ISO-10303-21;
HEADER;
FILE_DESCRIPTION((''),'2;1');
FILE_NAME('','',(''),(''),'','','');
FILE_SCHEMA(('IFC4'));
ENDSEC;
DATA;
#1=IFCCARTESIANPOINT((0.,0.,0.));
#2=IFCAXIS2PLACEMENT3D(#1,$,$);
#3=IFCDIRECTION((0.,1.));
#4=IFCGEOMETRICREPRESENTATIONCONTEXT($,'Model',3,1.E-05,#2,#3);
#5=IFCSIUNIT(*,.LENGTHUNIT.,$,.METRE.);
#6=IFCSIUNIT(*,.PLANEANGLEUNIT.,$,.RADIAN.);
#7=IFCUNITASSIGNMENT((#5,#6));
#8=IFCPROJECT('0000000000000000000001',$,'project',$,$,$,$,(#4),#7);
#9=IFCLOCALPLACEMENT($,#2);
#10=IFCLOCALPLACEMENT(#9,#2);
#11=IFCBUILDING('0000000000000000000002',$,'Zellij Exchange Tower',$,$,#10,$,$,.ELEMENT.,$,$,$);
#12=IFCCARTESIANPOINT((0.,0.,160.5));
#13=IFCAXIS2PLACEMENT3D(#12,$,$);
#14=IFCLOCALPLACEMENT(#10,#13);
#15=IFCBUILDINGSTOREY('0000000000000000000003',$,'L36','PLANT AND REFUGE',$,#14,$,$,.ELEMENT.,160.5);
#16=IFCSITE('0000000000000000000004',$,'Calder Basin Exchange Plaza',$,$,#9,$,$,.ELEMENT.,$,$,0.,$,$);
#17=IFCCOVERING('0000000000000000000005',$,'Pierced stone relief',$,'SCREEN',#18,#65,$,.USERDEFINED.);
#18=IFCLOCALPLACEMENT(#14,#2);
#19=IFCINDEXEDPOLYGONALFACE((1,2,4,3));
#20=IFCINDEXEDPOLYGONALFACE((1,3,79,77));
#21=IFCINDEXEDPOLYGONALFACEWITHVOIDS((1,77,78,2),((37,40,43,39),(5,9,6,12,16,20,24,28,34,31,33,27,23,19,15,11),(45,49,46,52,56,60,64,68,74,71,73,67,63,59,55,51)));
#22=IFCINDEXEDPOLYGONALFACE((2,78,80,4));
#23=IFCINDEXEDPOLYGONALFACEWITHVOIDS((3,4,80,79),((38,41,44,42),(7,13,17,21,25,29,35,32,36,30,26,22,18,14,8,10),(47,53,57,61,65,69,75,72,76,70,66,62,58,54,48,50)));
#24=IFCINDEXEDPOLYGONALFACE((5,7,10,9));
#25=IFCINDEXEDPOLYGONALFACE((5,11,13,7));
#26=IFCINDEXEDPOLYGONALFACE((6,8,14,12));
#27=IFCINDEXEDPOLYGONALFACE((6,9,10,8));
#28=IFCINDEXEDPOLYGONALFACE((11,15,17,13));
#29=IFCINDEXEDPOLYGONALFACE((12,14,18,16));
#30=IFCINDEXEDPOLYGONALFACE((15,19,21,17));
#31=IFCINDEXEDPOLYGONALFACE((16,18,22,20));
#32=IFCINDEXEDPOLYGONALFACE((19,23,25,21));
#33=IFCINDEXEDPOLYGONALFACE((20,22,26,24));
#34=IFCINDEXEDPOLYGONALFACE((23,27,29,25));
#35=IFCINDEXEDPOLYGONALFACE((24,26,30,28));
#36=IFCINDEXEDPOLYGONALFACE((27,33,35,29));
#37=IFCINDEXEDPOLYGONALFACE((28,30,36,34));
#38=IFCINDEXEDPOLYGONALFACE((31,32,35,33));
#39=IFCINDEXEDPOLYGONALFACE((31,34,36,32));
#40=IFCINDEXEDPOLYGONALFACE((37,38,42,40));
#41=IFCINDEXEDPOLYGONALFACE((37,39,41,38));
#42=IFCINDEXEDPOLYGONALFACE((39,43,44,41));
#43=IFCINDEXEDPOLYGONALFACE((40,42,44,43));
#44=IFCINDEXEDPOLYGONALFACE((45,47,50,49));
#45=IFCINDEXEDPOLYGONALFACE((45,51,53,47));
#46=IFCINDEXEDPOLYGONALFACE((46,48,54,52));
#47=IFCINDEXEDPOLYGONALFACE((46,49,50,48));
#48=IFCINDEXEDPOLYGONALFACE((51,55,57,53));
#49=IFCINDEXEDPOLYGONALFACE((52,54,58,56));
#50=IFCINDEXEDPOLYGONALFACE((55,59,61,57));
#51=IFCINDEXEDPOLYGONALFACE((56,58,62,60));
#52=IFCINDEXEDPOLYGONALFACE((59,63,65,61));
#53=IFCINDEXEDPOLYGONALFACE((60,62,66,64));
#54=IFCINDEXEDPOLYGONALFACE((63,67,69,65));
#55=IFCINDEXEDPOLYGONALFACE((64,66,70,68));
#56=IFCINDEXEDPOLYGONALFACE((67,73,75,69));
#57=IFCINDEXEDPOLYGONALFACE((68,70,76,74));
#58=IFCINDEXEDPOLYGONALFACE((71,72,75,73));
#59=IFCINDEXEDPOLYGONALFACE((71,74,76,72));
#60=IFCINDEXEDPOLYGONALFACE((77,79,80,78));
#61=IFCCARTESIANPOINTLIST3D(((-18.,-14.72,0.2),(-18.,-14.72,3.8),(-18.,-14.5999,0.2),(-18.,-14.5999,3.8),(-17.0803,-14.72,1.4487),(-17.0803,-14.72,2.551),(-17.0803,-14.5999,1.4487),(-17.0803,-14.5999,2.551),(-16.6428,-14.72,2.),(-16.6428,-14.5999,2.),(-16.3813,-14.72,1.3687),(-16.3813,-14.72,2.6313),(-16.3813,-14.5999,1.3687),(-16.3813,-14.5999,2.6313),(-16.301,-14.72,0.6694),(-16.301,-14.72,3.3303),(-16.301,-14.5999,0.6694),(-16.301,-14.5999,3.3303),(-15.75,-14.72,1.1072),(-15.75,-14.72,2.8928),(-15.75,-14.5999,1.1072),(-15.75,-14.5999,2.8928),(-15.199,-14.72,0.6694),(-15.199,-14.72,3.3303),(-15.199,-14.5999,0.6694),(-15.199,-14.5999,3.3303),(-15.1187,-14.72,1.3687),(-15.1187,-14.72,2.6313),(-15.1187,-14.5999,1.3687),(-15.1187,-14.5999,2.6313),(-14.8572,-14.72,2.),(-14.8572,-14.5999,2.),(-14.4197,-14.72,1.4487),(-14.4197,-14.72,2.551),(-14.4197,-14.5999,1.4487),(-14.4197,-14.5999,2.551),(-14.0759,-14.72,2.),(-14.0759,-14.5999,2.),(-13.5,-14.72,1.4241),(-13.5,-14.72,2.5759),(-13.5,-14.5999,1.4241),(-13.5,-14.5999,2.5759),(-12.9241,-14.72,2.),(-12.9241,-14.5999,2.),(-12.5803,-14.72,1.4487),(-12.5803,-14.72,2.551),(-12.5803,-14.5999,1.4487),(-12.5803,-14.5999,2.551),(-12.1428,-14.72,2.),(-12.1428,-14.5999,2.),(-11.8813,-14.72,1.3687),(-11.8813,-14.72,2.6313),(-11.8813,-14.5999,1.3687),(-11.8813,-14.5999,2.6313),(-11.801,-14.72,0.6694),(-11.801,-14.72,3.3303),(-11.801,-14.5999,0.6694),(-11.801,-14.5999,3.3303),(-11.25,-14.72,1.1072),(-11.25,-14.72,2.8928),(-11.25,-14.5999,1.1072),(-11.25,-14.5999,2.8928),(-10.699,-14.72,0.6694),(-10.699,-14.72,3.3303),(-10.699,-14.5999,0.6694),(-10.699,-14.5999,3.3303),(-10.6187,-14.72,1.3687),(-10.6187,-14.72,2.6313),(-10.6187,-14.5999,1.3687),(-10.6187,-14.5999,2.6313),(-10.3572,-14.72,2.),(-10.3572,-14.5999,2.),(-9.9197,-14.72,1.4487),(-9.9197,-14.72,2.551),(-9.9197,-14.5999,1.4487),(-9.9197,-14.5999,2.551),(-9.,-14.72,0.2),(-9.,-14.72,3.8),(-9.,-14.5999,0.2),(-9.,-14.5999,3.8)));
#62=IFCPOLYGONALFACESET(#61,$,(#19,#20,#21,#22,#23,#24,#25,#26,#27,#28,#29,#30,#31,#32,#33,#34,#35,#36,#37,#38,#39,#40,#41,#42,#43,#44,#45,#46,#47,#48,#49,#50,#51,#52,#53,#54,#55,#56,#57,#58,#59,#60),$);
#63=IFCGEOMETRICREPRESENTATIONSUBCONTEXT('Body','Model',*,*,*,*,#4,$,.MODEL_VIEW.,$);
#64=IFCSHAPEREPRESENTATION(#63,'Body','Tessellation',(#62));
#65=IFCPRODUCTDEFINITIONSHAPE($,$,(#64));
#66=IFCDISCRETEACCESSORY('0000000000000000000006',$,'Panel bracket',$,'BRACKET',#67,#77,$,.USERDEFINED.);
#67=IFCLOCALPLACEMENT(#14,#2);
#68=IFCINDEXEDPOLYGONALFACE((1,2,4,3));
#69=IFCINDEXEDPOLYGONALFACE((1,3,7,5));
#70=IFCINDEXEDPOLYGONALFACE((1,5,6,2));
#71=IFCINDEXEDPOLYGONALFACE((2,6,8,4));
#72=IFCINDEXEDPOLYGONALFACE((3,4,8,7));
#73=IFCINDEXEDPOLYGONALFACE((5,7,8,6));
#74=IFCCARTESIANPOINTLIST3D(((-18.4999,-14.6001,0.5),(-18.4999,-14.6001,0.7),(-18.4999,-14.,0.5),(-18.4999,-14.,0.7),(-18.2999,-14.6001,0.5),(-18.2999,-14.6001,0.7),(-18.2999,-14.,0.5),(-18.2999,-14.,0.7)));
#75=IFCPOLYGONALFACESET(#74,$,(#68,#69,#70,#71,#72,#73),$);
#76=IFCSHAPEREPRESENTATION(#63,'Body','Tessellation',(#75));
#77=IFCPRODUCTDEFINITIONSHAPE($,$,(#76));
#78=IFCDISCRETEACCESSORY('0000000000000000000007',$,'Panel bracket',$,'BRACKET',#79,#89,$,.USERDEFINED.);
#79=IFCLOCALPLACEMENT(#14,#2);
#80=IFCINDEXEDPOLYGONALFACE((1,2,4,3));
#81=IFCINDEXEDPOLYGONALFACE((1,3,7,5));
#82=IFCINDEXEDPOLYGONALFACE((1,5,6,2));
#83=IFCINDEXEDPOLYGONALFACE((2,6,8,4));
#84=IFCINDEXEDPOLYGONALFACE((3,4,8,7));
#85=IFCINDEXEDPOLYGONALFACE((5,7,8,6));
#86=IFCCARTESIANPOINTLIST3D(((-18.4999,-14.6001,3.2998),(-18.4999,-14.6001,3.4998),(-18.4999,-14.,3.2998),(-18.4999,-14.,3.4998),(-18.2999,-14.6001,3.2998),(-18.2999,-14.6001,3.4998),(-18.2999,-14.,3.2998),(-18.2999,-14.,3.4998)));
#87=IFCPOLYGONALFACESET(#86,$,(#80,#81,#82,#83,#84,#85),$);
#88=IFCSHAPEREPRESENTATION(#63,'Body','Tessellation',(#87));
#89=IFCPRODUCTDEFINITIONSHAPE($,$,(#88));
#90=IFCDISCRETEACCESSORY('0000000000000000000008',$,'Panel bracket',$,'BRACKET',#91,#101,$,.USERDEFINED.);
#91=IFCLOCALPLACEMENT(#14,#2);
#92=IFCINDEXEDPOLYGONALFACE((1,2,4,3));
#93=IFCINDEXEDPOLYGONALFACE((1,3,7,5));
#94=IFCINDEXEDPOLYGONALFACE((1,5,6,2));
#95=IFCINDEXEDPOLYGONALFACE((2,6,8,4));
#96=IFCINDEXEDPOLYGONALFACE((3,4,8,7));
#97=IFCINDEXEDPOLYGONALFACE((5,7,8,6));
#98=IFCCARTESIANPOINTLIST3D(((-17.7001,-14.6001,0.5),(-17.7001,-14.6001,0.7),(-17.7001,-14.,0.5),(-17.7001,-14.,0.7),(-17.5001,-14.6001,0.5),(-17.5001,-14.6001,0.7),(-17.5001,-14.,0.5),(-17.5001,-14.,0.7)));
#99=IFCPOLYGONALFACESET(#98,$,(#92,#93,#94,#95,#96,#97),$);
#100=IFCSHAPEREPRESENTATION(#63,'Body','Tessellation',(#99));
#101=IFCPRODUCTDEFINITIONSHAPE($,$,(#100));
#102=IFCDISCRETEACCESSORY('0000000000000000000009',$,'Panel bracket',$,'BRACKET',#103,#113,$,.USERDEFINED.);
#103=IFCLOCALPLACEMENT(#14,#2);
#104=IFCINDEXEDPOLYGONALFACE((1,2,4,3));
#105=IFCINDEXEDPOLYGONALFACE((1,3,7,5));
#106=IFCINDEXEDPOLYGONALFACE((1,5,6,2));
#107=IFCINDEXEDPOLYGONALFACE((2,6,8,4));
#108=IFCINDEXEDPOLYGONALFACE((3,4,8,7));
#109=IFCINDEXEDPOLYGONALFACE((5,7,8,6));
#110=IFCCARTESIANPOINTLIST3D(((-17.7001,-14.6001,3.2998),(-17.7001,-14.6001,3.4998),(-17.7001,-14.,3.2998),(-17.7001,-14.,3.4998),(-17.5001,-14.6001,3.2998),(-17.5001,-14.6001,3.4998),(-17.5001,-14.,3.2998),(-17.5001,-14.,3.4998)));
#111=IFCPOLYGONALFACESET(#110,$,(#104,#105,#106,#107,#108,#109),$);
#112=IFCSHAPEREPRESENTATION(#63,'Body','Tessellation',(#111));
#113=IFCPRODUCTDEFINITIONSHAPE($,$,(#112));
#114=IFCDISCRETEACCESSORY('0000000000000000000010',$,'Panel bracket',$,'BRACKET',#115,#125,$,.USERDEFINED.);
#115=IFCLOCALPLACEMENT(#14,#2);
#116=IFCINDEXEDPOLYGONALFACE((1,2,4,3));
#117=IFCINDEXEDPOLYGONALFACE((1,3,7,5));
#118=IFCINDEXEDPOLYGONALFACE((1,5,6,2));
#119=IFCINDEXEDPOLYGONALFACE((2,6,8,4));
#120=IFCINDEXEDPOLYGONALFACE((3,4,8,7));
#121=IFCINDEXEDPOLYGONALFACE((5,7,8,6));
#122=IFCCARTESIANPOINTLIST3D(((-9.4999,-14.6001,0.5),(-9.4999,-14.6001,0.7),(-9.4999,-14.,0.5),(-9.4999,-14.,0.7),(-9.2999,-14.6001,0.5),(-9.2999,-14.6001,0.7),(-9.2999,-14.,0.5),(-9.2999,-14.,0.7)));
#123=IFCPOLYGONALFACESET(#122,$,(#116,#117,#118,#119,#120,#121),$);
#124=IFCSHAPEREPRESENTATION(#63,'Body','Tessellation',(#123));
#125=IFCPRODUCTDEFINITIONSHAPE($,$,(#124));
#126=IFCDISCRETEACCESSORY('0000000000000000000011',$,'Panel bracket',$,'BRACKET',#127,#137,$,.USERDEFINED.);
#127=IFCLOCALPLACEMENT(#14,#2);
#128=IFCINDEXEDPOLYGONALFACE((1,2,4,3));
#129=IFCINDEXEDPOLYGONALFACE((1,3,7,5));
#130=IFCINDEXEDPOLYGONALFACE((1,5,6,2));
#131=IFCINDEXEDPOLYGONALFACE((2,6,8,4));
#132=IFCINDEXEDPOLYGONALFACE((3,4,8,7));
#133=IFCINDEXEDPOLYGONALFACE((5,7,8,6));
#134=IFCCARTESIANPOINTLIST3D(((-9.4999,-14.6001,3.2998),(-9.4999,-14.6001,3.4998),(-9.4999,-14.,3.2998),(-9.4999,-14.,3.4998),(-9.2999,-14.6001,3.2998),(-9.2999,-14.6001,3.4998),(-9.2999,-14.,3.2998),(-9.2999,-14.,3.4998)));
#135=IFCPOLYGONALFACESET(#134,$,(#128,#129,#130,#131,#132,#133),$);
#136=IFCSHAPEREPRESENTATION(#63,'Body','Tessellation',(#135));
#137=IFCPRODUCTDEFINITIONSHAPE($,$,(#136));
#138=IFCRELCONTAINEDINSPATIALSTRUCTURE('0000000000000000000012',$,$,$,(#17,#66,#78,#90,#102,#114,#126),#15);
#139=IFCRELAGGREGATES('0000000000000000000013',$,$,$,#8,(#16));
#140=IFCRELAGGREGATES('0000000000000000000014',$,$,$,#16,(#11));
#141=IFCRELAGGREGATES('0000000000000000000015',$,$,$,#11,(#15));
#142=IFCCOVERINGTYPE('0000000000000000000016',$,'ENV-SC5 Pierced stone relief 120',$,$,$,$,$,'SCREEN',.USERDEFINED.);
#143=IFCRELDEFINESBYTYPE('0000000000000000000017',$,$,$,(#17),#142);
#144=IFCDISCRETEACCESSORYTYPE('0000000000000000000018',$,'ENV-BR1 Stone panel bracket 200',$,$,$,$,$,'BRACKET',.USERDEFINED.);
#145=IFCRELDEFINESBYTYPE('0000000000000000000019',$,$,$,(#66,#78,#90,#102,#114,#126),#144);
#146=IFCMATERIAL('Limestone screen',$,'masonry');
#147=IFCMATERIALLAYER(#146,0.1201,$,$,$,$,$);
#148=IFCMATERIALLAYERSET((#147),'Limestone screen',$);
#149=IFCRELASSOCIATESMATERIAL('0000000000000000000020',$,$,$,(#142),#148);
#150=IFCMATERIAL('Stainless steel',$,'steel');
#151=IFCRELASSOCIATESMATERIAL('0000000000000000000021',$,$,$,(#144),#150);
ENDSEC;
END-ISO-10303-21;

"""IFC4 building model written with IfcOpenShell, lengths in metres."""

from ifc_helpers import new_model, si_unit, direction, frame, origin, origin_2d, place, context, subcontext, project, spatial, polyline, rectangle, outline, extrude, material, layer, layer_set, type_object, element, save


model = new_model("IFC4")

# Units and contexts
model_context = context("Model", 3, precision=1e-05, world=origin(), true_north=direction((0.0, 1.0)))
body_context = subcontext(model_context, "Body", "Model", "MODEL_VIEW")
ifc_project = project(units=[si_unit("LENGTHUNIT", "METRE"), si_unit("PLANEANGLEUNIT", "RADIAN")], contexts=[model_context])

# Site, building, storey
site_placement = place(None, origin())
site = spatial("IfcSite", under=ifc_project, at=site_placement, Name="Calder Basin Exchange Plaza", CompositionType="ELEMENT", RefElevation=0.0)
building_placement = place(site_placement, origin())
building = spatial("IfcBuilding", under=site, at=building_placement, Name="Zellij Exchange Tower", CompositionType="ELEMENT")
storey_placement = place(building_placement, frame((0.0, 0.0, 160.5)))
storey = spatial("IfcBuildingStorey", under=building, at=storey_placement, Name="L36", Description="PLANT AND REFUGE", CompositionType="ELEMENT", Elevation=160.5)

# Shared definitions
ifc_material_1 = material(Name="Stainless steel", Category="steel")

# Covering
ifc_material_2 = material(Name="Limestone screen", Category="masonry")
ifc_layer_1 = layer(ifc_material_2, 0.1201)
ifc_layer_set_1 = layer_set([ifc_layer_1], Name="Limestone screen")
covering_type = type_object("IfcCoveringType", Name="ENV-SC5 Pierced stone relief 120", ElementType="SCREEN", PredefinedType="USERDEFINED", material=ifc_layer_set_1)
covering_placement = place(storey_placement, frame((-18.0, -14.6599, 0.2), z_axis=(0.0, 0.0, 1.0), x_axis=(1.0, 0.0, 0.0)))
element("IfcCovering", 1, at=covering_placement, inside=storey, type_object=covering_type, Name="Pierced stone relief", ObjectType="SCREEN", PredefinedType="USERDEFINED", context=body_context, shape_type="SweptSolid", body=[
    extrude(outline(polyline([(0.0, 0.0), (9.0, 0.0), (9.0, 3.6001), (0.0, 3.6001), (0.0, 0.0)]), holes=[polyline([(3.5803, 2.3511), (2.8813, 2.4314), (2.801, 3.1304), (2.25, 2.6929), (1.699, 3.1304), (1.6187, 2.4314), (0.9197, 2.3511), (1.3572, 1.8), (0.9197, 1.2488), (1.6187, 1.1687), (1.699, 0.4695), (2.25, 0.9072), (2.801, 0.4695), (2.8813, 1.1687), (3.5803, 1.2488), (3.1428, 1.8), (3.5803, 2.3511)]), polyline([(8.0803, 2.3511), (7.3813, 2.4314), (7.301, 3.1304), (6.75, 2.6929), (6.199, 3.1304), (6.1187, 2.4314), (5.4197, 2.3511), (5.8572, 1.8), (5.4197, 1.2488), (6.1187, 1.1687), (6.199, 0.4695), (6.75, 0.9072), (7.301, 0.4695), (7.3813, 1.1687), (8.0803, 1.2488), (7.6428, 1.8), (8.0803, 2.3511)]), polyline([(5.0759, 1.8), (4.5, 2.376), (3.9241, 1.8), (4.5, 1.2241), (5.0759, 1.8)])]), frame((0.0, 0.0601, 0.0), z_axis=(0.0, -1.0, 0.0), x_axis=(1.0, 0.0, 0.0)), (0.0, 0.0, 1.0), 0.1201),
])

# Discrete accessories
discrete_accessory_type = type_object("IfcDiscreteAccessoryType", Name="ENV-BR1 Stone panel bracket 200", ElementType="BRACKET", PredefinedType="USERDEFINED", material=ifc_material_1)
for number, where, z_axis, x_axis, name in (
    (2, (-18.3999, -14.3, 0.5), (0.0, 0.0, 1.0), (1.0, 0.0, 0.0), "Panel bracket"),
    (3, (-18.3999, -14.3, 3.2998), (0.0, 0.0, 1.0), (1.0, 0.0, 0.0), "Panel bracket"),
    (4, (-17.6001, -14.3, 0.5), (0.0, 0.0, 1.0), (1.0, 0.0, 0.0), "Panel bracket"),
    (5, (-17.6001, -14.3, 3.2998), (0.0, 0.0, 1.0), (1.0, 0.0, 0.0), "Panel bracket"),
    (6, (-9.3999, -14.3, 0.5), (0.0, 0.0, 1.0), (1.0, 0.0, 0.0), "Panel bracket"),
    (7, (-9.3999, -14.3, 3.2998), (0.0, 0.0, 1.0), (1.0, 0.0, 0.0), "Panel bracket"),
):
    element("IfcDiscreteAccessory", number, at=place(storey_placement, frame(where, z_axis=z_axis, x_axis=x_axis)), inside=storey, type_object=discrete_accessory_type, Name=name, ObjectType="BRACKET", PredefinedType="USERDEFINED", context=body_context, shape_type="SweptSolid", body=[
        extrude(rectangle(XDim=0.2, YDim=0.6001, at=origin_2d()), origin(), (0.0, 0.0, 1.0), 0.2),
    ])

save(model, "model.ifc")
